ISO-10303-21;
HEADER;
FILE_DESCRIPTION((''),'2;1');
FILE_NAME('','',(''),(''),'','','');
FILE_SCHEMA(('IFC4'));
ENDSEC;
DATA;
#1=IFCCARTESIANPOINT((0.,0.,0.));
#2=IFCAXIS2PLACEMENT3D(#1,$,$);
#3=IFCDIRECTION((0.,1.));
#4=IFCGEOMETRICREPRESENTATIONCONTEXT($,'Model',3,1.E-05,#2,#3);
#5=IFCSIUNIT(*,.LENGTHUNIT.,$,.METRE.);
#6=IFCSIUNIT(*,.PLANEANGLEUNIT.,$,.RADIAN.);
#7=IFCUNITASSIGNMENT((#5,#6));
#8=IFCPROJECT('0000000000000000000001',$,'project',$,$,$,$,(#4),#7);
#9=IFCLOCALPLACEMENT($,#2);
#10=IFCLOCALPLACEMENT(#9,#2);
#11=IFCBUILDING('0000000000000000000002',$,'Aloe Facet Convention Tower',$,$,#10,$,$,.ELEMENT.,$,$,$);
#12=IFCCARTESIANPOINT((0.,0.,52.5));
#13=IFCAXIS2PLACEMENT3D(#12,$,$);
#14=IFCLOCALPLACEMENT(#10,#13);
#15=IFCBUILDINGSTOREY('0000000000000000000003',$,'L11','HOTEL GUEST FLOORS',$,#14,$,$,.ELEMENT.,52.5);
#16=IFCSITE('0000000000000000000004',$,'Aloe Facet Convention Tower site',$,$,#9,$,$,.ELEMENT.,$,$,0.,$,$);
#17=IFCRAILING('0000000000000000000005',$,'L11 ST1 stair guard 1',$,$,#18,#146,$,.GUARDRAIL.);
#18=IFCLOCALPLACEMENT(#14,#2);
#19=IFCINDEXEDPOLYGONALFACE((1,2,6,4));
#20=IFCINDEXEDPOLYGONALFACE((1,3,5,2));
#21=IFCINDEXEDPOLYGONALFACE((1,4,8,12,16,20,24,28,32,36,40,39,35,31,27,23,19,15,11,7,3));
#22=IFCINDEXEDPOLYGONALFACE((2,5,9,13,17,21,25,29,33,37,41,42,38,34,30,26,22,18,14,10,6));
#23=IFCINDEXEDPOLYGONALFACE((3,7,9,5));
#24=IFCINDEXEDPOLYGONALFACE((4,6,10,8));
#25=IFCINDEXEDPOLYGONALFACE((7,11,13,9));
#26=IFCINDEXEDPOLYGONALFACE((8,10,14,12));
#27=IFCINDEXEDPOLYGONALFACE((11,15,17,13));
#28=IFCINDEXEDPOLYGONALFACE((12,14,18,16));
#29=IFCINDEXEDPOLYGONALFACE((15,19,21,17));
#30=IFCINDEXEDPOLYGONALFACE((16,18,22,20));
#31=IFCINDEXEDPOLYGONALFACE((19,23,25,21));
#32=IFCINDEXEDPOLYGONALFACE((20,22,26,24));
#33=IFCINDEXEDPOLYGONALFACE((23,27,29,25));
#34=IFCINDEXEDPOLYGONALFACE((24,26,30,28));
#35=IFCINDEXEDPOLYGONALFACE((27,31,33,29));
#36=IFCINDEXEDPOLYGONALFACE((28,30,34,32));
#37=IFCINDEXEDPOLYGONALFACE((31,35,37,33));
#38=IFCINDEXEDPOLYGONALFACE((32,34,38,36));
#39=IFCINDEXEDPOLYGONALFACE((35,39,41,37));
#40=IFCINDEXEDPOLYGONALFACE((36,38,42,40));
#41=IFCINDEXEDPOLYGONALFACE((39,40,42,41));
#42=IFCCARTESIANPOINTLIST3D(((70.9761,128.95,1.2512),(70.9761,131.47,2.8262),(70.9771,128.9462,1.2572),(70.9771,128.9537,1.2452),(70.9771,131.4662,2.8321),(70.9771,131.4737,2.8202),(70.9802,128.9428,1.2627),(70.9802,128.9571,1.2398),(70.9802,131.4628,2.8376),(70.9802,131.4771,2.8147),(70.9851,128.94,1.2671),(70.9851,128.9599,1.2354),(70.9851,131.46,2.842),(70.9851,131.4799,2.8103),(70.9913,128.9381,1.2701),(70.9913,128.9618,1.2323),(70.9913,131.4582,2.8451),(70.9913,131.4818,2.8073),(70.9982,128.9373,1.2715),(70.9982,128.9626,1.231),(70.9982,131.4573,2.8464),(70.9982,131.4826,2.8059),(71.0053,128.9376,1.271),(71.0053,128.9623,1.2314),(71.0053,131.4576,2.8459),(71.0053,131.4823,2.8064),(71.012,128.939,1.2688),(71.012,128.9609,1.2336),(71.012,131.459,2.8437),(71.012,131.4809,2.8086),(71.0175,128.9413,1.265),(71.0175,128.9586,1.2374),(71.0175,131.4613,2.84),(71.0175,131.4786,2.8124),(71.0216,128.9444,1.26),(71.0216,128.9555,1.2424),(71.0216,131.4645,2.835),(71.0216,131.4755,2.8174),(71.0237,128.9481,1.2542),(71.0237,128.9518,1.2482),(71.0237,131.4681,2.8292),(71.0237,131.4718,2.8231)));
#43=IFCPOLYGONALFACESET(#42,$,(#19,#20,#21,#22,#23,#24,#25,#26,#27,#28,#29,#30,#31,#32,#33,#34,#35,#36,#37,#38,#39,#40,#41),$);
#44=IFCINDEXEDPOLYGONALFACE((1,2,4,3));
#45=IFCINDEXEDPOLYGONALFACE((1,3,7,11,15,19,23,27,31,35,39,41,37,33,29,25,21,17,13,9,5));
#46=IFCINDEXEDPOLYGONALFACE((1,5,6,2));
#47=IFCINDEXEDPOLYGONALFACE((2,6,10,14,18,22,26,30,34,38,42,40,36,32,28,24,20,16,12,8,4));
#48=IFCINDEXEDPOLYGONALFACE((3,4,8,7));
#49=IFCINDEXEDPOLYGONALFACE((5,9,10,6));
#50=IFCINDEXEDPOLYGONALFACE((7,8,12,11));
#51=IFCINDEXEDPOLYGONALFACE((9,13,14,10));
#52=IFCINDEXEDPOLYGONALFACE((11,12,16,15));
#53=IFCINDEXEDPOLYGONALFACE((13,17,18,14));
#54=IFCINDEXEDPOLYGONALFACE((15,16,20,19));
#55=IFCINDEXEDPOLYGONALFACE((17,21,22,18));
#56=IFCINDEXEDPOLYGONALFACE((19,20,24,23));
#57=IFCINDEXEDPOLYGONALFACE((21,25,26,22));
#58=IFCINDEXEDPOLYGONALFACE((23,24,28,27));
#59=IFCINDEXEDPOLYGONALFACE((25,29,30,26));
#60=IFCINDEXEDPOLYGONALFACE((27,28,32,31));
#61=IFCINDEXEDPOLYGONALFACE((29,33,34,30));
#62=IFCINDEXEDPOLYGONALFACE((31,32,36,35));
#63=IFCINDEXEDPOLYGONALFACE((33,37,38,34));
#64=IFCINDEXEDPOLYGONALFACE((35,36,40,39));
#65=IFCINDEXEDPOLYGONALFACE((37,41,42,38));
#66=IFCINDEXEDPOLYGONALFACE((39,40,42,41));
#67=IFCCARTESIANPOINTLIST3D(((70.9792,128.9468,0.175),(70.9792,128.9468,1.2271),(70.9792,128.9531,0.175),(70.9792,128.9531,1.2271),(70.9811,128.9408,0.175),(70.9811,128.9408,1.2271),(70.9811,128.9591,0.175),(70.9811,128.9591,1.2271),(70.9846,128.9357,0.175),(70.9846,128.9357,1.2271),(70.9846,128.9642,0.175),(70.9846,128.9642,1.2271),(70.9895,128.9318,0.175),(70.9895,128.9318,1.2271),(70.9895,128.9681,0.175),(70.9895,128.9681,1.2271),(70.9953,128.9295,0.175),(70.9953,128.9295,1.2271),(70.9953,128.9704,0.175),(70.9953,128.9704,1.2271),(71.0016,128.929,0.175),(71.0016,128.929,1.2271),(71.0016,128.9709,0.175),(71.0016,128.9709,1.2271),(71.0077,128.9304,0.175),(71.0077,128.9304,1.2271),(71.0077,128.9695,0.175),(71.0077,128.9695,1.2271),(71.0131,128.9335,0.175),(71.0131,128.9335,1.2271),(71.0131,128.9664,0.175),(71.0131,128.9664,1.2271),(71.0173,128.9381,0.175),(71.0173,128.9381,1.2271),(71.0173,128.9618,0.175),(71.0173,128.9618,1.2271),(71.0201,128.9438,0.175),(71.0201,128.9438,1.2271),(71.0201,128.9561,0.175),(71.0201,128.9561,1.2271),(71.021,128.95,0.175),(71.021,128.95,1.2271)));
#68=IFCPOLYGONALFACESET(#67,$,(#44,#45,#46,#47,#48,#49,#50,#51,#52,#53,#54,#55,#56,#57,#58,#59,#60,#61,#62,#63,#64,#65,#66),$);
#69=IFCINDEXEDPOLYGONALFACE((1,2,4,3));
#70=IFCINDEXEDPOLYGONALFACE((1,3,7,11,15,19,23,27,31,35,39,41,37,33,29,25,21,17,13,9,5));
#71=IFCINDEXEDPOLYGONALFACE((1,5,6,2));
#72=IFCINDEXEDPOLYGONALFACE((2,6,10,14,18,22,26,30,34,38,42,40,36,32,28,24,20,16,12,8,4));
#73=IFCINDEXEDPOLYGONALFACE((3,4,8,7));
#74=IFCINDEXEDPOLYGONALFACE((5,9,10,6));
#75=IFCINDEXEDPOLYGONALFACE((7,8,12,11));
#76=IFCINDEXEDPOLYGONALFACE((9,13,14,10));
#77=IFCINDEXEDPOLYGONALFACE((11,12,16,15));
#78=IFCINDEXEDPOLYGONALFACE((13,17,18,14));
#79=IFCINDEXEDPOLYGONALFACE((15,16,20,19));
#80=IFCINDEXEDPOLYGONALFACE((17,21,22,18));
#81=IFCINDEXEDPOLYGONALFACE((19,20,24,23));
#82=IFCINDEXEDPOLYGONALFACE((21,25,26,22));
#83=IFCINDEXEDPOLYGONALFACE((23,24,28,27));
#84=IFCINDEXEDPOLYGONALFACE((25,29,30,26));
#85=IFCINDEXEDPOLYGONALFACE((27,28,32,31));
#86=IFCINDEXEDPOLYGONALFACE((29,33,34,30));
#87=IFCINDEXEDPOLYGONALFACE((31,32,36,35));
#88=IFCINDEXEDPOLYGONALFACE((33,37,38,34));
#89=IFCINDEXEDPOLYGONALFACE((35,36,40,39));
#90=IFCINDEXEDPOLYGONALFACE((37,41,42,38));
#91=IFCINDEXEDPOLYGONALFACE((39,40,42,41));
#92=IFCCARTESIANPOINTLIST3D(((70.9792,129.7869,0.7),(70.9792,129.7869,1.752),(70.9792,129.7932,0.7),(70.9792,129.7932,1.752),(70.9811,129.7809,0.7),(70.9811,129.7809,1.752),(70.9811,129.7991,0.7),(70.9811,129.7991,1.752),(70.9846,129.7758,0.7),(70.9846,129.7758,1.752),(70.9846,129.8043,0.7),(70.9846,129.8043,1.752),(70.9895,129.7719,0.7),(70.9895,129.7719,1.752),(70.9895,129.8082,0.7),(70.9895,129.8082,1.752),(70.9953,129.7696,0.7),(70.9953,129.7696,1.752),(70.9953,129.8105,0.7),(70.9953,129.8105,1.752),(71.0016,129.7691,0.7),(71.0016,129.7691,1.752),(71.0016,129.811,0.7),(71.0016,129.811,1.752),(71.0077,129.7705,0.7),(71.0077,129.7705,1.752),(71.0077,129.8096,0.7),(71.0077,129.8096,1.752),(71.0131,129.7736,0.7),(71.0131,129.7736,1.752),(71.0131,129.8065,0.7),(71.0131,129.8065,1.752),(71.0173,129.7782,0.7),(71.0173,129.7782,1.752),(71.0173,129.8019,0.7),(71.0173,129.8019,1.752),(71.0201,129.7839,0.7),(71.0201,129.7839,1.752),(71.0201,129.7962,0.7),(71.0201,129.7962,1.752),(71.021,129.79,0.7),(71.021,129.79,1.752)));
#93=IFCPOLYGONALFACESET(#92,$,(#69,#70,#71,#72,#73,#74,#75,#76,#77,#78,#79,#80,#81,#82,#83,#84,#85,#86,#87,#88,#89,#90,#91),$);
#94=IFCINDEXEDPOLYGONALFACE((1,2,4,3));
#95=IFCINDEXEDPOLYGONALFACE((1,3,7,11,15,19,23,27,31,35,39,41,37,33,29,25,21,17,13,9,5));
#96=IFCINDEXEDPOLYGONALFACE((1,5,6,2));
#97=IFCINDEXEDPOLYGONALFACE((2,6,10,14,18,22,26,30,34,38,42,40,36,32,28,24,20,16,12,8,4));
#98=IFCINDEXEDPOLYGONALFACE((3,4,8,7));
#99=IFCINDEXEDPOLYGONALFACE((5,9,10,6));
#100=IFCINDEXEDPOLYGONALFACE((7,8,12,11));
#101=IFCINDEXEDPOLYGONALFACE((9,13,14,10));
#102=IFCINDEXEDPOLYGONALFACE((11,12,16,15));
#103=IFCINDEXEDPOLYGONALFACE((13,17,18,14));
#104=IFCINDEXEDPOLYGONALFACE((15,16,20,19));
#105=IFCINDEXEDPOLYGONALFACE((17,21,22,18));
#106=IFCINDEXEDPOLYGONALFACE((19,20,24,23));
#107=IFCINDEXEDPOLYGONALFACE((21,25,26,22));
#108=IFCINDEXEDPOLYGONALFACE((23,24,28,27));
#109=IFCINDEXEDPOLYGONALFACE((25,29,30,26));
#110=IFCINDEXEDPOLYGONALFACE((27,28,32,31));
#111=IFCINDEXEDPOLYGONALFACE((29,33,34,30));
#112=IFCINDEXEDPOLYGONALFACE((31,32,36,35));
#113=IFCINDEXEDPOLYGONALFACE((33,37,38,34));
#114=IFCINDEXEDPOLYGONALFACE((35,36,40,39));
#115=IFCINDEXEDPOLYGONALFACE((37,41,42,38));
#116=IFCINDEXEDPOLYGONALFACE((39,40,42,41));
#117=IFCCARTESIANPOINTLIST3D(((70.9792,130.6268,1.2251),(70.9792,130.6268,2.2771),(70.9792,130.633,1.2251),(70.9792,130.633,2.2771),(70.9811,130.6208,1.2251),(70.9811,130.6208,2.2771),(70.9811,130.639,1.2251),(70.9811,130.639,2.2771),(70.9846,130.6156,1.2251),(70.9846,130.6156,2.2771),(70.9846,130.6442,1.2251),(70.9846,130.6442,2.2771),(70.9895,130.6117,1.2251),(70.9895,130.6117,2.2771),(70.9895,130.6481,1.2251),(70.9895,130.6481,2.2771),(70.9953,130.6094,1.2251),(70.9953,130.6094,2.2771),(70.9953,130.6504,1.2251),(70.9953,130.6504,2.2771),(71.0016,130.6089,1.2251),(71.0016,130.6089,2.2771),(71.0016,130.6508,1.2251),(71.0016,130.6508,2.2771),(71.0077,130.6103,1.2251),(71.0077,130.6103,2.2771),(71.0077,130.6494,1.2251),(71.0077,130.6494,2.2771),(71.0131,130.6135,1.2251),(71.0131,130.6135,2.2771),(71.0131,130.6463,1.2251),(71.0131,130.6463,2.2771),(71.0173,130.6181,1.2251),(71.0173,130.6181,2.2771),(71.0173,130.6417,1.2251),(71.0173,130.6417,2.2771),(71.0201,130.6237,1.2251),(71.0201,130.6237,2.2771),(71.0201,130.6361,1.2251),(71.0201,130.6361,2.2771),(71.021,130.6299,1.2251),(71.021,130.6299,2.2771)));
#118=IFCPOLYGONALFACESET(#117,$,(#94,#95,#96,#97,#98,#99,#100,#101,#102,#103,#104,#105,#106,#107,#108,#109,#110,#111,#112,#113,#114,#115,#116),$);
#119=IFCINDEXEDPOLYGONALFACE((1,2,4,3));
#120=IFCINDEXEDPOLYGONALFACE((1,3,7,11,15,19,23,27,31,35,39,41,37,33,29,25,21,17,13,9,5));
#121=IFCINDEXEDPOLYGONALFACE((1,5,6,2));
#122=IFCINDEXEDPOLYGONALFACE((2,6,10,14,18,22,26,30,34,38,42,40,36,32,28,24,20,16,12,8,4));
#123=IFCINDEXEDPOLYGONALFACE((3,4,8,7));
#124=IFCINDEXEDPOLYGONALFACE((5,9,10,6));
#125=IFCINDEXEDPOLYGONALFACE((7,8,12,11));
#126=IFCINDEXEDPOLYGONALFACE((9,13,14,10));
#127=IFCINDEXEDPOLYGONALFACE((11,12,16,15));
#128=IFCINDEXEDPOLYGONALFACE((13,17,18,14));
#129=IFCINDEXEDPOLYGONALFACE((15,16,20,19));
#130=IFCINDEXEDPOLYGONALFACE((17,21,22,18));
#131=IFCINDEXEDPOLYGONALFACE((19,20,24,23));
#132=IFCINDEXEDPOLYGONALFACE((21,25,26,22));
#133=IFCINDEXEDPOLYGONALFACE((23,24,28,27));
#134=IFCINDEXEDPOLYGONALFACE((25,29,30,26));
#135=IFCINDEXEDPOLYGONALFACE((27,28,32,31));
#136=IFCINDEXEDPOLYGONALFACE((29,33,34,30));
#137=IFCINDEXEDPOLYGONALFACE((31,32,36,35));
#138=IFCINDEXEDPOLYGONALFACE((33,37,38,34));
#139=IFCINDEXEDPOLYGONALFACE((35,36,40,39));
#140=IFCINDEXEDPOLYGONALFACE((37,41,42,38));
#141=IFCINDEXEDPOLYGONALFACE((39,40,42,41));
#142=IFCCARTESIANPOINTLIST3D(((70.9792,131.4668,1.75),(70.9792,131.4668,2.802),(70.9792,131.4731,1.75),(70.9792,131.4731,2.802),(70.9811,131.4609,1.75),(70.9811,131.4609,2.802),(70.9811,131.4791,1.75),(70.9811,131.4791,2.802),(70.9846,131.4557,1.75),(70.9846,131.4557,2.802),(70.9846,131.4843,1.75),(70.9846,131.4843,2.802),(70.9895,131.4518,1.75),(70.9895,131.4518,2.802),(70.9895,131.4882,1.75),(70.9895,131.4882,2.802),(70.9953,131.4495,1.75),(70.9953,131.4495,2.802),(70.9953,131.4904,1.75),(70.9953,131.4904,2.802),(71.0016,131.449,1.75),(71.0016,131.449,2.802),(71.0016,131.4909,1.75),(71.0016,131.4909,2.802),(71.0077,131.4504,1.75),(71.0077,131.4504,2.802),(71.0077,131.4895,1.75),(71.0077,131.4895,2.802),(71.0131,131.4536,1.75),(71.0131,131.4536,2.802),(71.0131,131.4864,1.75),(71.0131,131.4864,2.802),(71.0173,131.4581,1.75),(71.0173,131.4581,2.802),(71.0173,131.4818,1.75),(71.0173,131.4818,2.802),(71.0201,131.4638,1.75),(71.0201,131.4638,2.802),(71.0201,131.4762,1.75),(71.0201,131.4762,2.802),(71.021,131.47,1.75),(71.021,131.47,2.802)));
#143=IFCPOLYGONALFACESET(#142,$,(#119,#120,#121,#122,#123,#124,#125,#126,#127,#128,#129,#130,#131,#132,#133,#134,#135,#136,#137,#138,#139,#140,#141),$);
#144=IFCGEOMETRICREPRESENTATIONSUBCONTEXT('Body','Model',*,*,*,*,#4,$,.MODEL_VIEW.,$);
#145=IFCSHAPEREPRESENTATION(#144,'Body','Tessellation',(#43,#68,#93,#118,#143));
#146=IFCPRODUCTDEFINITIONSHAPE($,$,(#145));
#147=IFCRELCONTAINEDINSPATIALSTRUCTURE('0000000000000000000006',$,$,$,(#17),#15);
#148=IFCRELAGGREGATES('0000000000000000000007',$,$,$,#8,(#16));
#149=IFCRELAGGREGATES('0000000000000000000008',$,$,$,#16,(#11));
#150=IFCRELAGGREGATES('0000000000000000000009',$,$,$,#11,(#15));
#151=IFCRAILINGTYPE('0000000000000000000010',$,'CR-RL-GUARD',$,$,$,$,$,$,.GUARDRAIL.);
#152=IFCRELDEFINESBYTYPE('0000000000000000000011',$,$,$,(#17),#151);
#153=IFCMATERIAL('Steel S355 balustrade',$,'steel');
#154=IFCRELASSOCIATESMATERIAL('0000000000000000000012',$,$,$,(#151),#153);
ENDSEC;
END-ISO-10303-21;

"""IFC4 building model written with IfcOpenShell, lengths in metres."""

from ifc_helpers import new_model, si_unit, direction, frame, origin, origin_2d, place, context, subcontext, project, spatial, circle, extrude, material, type_object, element, save


model = new_model("IFC4")

# Units and contexts
model_context = context("Model", 3, precision=1e-05, world=origin(), true_north=direction((0.0, 1.0)))
body_context = subcontext(model_context, "Body", "Model", "MODEL_VIEW")
ifc_project = project(units=[si_unit("LENGTHUNIT", "METRE"), si_unit("PLANEANGLEUNIT", "RADIAN")], contexts=[model_context])

# Site, building, storey
site_placement = place(None, origin())
site = spatial("IfcSite", under=ifc_project, at=site_placement, Name="Aloe Facet Convention Tower site", CompositionType="ELEMENT", RefElevation=0.0)
building_placement = place(site_placement, origin())
building = spatial("IfcBuilding", under=site, at=building_placement, Name="Aloe Facet Convention Tower", CompositionType="ELEMENT")
storey_placement = place(building_placement, frame((0.0, 0.0, 52.5)))
storey = spatial("IfcBuildingStorey", under=building, at=storey_placement, Name="L11", Description="HOTEL GUEST FLOORS", CompositionType="ELEMENT", Elevation=52.5)

# Railing
ifc_material_1 = material(Name="Steel S355 balustrade", Category="steel")
railing_type_1 = type_object("IfcRailingType", Name="CR-RL-GUARD", PredefinedType="GUARDRAIL", material=ifc_material_1)
railing_1_placement = place(storey_placement, frame((71.0, 128.95, 0.175)))
element("IfcRailing", 1, at=railing_1_placement, inside=storey, type_object=railing_type_1, Name="L11 ST1 stair guard 1", PredefinedType="GUARDRAIL", context=body_context, shape_type="SweptSolid", body=[
    extrude(circle(Radius=0.0239, at=origin_2d()), frame((0.0, 0.0, 1.0762), z_axis=(0.0, 0.848008, 0.529984), x_axis=(-1.0, 0.0, 0.0)), (0.0, 0.0, 1.0), 2.9717),
    extrude(circle(Radius=0.021, at=origin_2d()), origin(), (0.0, 0.0, 1.0), 1.052),
    extrude(circle(Radius=0.021, at=origin_2d()), frame((0.0, 0.8401, 0.5249)), (0.0, 0.0, 1.0), 1.052),
    extrude(circle(Radius=0.021, at=origin_2d()), frame((0.0, 1.6799, 1.05)), (0.0, 0.0, 1.0), 1.052),
    extrude(circle(Radius=0.021, at=origin_2d()), frame((0.0, 2.52, 1.575)), (0.0, 0.0, 1.0), 1.052),
])

save(model, "model.ifc")
